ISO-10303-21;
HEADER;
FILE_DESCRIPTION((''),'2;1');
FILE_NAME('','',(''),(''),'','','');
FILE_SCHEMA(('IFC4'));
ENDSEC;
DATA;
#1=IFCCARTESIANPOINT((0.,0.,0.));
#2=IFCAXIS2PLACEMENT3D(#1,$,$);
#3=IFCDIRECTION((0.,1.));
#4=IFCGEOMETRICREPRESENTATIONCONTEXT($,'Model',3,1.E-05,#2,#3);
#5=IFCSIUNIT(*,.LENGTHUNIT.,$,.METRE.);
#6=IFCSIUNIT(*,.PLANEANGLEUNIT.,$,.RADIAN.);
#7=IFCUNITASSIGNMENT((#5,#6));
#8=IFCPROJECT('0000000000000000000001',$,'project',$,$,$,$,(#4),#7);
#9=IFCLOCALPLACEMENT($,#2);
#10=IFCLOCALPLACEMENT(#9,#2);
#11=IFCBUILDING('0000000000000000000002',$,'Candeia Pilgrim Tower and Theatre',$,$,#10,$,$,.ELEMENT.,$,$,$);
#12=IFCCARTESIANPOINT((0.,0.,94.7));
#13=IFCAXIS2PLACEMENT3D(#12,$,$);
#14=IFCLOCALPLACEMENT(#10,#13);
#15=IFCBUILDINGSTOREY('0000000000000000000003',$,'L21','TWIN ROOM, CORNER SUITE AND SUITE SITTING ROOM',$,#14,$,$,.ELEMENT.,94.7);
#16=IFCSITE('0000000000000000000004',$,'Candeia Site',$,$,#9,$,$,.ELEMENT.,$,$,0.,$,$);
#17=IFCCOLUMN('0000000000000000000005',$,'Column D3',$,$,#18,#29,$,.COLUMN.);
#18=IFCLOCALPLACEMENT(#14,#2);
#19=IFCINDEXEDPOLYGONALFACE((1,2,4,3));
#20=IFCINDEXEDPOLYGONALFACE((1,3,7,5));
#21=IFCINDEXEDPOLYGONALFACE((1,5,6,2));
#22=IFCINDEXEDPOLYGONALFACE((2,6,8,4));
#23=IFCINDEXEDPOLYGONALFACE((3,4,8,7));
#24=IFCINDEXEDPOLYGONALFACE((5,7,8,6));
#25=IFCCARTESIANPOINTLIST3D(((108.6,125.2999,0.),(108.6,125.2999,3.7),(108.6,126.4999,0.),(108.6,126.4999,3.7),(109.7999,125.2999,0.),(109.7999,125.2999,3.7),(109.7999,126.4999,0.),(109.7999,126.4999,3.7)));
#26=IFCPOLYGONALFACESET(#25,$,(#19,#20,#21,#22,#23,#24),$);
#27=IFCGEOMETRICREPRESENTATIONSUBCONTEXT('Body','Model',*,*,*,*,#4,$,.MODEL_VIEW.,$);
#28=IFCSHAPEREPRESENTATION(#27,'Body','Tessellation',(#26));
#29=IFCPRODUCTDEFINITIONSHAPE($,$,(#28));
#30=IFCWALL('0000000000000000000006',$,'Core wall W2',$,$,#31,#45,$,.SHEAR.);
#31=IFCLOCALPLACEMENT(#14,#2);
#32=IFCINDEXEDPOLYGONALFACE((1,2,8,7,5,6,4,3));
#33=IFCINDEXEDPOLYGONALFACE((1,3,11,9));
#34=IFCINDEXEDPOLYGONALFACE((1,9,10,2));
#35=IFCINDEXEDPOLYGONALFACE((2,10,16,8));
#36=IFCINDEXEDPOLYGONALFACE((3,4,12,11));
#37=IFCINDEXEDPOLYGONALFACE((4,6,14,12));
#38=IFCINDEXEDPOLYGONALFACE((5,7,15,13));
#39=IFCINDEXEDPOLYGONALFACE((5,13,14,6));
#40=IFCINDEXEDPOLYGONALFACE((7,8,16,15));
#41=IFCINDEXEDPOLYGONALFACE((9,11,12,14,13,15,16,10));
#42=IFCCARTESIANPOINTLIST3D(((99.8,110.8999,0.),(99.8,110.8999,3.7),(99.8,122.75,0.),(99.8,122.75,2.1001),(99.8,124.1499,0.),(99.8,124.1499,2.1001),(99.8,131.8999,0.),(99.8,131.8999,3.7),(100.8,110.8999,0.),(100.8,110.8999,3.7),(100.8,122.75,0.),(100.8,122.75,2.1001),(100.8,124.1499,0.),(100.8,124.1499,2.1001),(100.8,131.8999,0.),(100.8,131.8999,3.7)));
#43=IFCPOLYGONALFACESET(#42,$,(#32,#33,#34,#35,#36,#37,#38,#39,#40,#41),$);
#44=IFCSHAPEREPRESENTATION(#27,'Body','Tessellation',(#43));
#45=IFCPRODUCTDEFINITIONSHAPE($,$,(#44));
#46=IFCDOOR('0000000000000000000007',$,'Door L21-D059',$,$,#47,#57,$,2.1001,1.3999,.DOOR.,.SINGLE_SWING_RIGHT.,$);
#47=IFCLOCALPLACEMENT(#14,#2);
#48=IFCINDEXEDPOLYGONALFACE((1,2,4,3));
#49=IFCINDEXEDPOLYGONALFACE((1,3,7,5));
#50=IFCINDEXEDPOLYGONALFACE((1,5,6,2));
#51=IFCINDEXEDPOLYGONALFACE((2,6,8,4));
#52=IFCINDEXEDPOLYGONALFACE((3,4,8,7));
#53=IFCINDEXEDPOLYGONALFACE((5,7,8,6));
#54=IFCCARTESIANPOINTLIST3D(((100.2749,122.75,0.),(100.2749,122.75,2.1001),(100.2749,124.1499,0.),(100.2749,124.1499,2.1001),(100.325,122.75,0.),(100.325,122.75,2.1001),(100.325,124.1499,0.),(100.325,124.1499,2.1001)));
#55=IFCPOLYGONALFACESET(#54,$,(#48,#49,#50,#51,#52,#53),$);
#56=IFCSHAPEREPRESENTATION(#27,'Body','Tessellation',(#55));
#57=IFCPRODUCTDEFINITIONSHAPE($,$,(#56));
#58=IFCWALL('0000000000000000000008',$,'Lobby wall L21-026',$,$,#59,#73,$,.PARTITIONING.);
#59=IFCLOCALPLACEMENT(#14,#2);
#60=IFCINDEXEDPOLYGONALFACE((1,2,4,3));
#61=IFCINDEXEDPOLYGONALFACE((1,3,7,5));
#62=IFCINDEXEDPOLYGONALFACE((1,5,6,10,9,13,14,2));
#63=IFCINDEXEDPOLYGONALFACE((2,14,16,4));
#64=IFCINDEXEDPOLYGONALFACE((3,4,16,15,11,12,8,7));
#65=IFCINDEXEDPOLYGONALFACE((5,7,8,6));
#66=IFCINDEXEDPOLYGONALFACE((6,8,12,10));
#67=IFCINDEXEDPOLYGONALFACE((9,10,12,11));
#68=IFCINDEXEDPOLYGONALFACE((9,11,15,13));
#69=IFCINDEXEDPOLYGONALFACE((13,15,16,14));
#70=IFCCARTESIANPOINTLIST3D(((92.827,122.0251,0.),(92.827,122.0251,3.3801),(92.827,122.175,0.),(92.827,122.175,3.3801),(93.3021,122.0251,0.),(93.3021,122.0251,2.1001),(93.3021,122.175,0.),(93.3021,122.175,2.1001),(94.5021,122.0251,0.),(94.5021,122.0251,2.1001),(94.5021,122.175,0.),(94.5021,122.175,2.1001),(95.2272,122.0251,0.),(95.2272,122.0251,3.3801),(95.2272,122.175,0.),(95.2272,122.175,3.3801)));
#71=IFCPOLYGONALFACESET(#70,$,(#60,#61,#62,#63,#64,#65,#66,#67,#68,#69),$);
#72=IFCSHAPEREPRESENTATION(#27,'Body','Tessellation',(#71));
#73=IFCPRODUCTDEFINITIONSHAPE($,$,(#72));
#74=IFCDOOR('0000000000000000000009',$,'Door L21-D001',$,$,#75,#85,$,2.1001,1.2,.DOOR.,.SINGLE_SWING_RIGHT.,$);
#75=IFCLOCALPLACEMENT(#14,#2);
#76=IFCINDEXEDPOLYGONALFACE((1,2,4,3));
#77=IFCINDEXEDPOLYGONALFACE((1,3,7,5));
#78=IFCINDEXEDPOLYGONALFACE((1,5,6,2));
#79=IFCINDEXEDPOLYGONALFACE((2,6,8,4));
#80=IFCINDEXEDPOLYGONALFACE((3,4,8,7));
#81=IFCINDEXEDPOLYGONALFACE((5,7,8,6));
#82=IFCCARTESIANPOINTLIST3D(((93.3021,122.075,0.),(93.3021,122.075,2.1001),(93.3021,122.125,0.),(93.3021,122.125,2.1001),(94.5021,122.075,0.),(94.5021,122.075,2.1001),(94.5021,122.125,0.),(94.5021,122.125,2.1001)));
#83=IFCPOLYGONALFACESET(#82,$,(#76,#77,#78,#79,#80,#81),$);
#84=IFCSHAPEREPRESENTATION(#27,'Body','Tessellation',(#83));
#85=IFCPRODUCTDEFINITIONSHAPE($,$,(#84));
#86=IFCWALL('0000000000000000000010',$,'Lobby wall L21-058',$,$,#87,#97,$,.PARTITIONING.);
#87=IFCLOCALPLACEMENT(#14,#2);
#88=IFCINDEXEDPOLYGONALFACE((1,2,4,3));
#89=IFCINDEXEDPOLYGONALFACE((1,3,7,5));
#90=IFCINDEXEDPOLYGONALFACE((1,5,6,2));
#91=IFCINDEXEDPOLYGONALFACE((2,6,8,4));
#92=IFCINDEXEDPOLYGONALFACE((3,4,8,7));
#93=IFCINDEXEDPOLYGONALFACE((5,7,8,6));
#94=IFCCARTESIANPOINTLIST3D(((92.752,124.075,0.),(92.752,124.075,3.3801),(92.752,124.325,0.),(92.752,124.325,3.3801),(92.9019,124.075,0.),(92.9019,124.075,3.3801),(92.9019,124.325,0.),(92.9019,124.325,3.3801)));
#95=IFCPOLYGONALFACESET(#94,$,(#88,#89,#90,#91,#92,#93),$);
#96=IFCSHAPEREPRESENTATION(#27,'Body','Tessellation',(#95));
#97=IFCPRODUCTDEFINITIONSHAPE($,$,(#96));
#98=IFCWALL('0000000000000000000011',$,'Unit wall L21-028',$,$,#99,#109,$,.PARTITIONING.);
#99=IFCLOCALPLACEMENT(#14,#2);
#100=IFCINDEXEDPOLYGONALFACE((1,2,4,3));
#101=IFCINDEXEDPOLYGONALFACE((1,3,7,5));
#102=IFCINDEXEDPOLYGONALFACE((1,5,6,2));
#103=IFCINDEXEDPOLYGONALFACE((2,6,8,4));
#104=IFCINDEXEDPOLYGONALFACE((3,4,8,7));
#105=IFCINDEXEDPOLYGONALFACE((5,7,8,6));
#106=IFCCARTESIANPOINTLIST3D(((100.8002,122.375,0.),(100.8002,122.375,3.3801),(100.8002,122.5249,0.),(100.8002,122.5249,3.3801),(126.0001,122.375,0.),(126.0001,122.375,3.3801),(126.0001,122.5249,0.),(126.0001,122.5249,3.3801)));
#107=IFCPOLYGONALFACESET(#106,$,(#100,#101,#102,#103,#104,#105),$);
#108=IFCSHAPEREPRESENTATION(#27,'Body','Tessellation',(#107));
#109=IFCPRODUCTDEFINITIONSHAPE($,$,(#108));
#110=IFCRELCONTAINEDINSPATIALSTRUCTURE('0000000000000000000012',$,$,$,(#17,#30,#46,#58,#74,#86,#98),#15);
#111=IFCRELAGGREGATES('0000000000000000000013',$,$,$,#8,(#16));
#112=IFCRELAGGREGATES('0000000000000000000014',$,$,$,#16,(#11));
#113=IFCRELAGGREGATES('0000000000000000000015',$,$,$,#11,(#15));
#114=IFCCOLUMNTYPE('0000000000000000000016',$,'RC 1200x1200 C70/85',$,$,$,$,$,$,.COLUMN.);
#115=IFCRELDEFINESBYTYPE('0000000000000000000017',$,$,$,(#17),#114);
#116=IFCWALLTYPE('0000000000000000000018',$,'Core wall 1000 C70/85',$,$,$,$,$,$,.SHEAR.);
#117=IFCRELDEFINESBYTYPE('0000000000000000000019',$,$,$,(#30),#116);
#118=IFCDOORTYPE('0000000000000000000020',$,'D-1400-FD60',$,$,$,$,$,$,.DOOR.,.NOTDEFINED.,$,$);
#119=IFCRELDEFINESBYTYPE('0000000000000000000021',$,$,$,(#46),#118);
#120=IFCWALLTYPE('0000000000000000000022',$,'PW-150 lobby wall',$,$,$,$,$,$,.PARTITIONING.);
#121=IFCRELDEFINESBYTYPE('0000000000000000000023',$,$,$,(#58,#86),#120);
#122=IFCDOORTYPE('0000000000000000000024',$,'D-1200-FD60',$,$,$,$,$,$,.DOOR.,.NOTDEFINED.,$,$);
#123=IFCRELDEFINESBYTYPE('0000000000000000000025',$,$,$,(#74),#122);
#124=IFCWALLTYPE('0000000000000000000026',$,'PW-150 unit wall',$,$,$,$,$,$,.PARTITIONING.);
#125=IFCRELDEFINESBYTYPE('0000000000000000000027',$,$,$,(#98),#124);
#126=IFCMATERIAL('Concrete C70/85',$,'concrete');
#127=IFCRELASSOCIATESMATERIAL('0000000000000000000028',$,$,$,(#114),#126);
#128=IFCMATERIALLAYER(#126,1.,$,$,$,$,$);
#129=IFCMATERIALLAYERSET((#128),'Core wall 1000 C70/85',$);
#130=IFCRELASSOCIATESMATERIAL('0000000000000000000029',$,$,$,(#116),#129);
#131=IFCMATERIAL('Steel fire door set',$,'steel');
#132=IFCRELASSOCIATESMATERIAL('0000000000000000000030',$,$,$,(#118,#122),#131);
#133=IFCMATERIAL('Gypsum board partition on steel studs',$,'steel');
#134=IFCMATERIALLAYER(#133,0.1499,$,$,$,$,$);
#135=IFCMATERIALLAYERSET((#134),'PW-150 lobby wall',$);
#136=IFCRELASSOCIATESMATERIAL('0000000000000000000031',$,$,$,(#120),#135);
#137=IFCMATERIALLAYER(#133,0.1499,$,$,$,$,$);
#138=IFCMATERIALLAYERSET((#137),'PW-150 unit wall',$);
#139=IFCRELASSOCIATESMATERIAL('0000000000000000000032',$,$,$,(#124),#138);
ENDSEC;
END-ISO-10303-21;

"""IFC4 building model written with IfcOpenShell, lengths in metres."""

from ifc_helpers import new_model, si_unit, direction, frame, frame_2d, origin, origin_2d, place, context, subcontext, project, spatial, rectangle, extrude, material, layer, layer_set, material_profile, profile_set, type_object, element, fill, save


model = new_model("IFC4")

# Units and contexts
model_context = context("Model", 3, precision=1e-05, world=origin(), true_north=direction((0.0, 1.0)))
body_context = subcontext(model_context, "Body", "Model", "MODEL_VIEW")
ifc_project = project(units=[si_unit("LENGTHUNIT", "METRE"), si_unit("PLANEANGLEUNIT", "RADIAN")], contexts=[model_context])

# Site, building, storey
site_placement = place(None, origin())
site = spatial("IfcSite", under=ifc_project, at=site_placement, Name="Candeia Site", CompositionType="ELEMENT", RefElevation=0.0)
building_placement = place(site_placement, origin())
building = spatial("IfcBuilding", under=site, at=building_placement, Name="Candeia Pilgrim Tower and Theatre", CompositionType="ELEMENT")
storey_placement = place(building_placement, frame((0.0, 0.0, 94.7)))
storey = spatial("IfcBuildingStorey", under=building, at=storey_placement, Name="L21", Description="TWIN ROOM, CORNER SUITE AND SUITE SITTING ROOM", CompositionType="ELEMENT", Elevation=94.7)

# Column
ifc_material_1 = material(Name="Concrete C70/85", Category="concrete")
ifc_material_profile = material_profile(ifc_material_1, rectangle(XDim=1.2, YDim=1.2, at=origin_2d()))
ifc_profile_set = profile_set([ifc_material_profile], Name="Concrete C70/85")
column_type = type_object("IfcColumnType", Name="RC 1200x1200 C70/85", PredefinedType="COLUMN", material=ifc_profile_set)
column_placement = place(storey_placement, frame((109.2, 125.8999, 0.0), z_axis=(0.0, 0.0, 1.0), x_axis=(1.0, 0.0, 0.0)))
element("IfcColumn", 1, at=column_placement, inside=storey, type_object=column_type, Name="Column D3", PredefinedType="COLUMN", context=body_context, shape_type="SweptSolid", body=[
    extrude(rectangle(XDim=1.2, YDim=1.2, at=origin_2d()), origin(), (0.0, 0.0, 1.0), 3.7),
])

# Walls, openings, doors
ifc_layer_1 = layer(ifc_material_1, 1.0)
ifc_layer_set_1 = layer_set([ifc_layer_1], Name="Core wall 1000 C70/85")
wall_type_1 = type_object("IfcWallType", Name="Core wall 1000 C70/85", PredefinedType="SHEAR", material=ifc_layer_set_1)
wall_1_placement = place(storey_placement, frame((100.3, 131.8999, 0.0), z_axis=(0.0, 0.0, 1.0), x_axis=(0.0, -1.0, 0.0)))
wall_1 = element("IfcWall", 2, at=wall_1_placement, inside=storey, type_object=wall_type_1, Name="Core wall W2", PredefinedType="SHEAR", context=body_context, shape_type="SweptSolid", body=[
    extrude(rectangle(XDim=21.0, YDim=1.0, at=frame_2d((10.5, 0.0))), origin(), (0.0, 0.0, 1.0), 3.7),
])
opening_1_placement = place(wall_1_placement, frame((7.75, 0.0, 0.0)))
opening_1 = element("IfcOpeningElement", 3, at=opening_1_placement, cuts=wall_1, PredefinedType="OPENING", context=body_context, shape_type="SweptSolid", body=[
    extrude(rectangle(XDim=1.3999, YDim=2.1001, at=frame_2d((0.7, 1.05))), frame((0.0, 0.51, 0.0), z_axis=(0.0, -1.0, 0.0), x_axis=(1.0, 0.0, 0.0)), (0.0, 0.0, 1.0), 1.02),
])
ifc_material_2 = material(Name="Steel fire door set", Category="steel")
door_type_1 = type_object("IfcDoorType", Name="D-1400-FD60", OperationType="NOTDEFINED", PredefinedType="DOOR", material=ifc_material_2)
door_1_placement = place(opening_1_placement, origin())
door_1 = element("IfcDoor", 4, at=door_1_placement, inside=storey, type_object=door_type_1, Name="Door L21-D059", OperationType="SINGLE_SWING_RIGHT", OverallHeight=2.1001, OverallWidth=1.3999, PredefinedType="DOOR", context=body_context, shape_type="SweptSolid", body=[
    extrude(rectangle(XDim=1.3999, YDim=2.1001, at=frame_2d((0.7, 1.05))), frame((0.0, 0.0249, 0.0), z_axis=(0.0, -1.0, 0.0), x_axis=(1.0, 0.0, 0.0)), (0.0, 0.0, 1.0), 0.05),
])
fill(opening_1, door_1)
ifc_material_3 = material(Name="Gypsum board partition on steel studs", Category="steel")
ifc_layer_2 = layer(ifc_material_3, 0.1499)
ifc_layer_set_2 = layer_set([ifc_layer_2], Name="PW-150 lobby wall")
wall_type_2 = type_object("IfcWallType", Name="PW-150 lobby wall", PredefinedType="PARTITIONING", material=ifc_layer_set_2)
wall_2_placement = place(storey_placement, frame((92.8269, 122.1001, 0.0), z_axis=(0.0, 0.0, 1.0), x_axis=(1.0, 0.0, 0.0)))
wall_2 = element("IfcWall", 5, at=wall_2_placement, inside=storey, type_object=wall_type_2, Name="Lobby wall L21-026", PredefinedType="PARTITIONING", context=body_context, shape_type="SweptSolid", body=[
    extrude(rectangle(XDim=2.4001, YDim=0.1499, at=frame_2d((1.2002, 0.0))), origin(), (0.0, 0.0, 1.0), 3.3801),
])
opening_2_placement = place(wall_2_placement, frame((0.4751, 0.0, 0.0)))
opening_2 = element("IfcOpeningElement", 6, at=opening_2_placement, cuts=wall_2, PredefinedType="OPENING", context=body_context, shape_type="SweptSolid", body=[
    extrude(rectangle(XDim=1.2, YDim=2.1001, at=frame_2d((0.6001, 1.05))), frame((0.0, 0.085, 0.0), z_axis=(0.0, -1.0, 0.0), x_axis=(1.0, 0.0, 0.0)), (0.0, 0.0, 1.0), 0.1699),
])
door_type_2 = type_object("IfcDoorType", Name="D-1200-FD60", OperationType="NOTDEFINED", PredefinedType="DOOR", material=ifc_material_2)
door_2_placement = place(opening_2_placement, origin())
door_2 = element("IfcDoor", 7, at=door_2_placement, inside=storey, type_object=door_type_2, Name="Door L21-D001", OperationType="SINGLE_SWING_RIGHT", OverallHeight=2.1001, OverallWidth=1.2, PredefinedType="DOOR", context=body_context, shape_type="SweptSolid", body=[
    extrude(rectangle(XDim=1.2, YDim=2.1001, at=frame_2d((0.6001, 1.05))), frame((0.0, 0.0249, 0.0), z_axis=(0.0, -1.0, 0.0), x_axis=(1.0, 0.0, 0.0)), (0.0, 0.0, 1.0), 0.05),
])
fill(opening_2, door_2)

# Walls
wall_3_placement = place(storey_placement, frame((92.8269, 124.075, 0.0), z_axis=(0.0, 0.0, 1.0), x_axis=(0.0, 1.0, 0.0)))
element("IfcWall", 8, at=wall_3_placement, inside=storey, type_object=wall_type_2, Name="Lobby wall L21-058", PredefinedType="PARTITIONING", context=body_context, shape_type="SweptSolid", body=[
    extrude(rectangle(XDim=0.25, YDim=0.1499, at=frame_2d((0.125, 0.0))), origin(), (0.0, 0.0, 1.0), 3.3801),
])
ifc_layer_3 = layer(ifc_material_3, 0.1499)
ifc_layer_set_3 = layer_set([ifc_layer_3], Name="PW-150 unit wall")
wall_type_3 = type_object("IfcWallType", Name="PW-150 unit wall", PredefinedType="PARTITIONING", material=ifc_layer_set_3)
wall_4_placement = place(storey_placement, frame((100.8, 122.45, 0.0), z_axis=(0.0, 0.0, 1.0), x_axis=(1.0, 0.0, 0.0)))
element("IfcWall", 9, at=wall_4_placement, inside=storey, type_object=wall_type_3, Name="Unit wall L21-028", PredefinedType="PARTITIONING", context=body_context, shape_type="SweptSolid", body=[
    extrude(rectangle(XDim=25.2, YDim=0.1499, at=frame_2d((12.6001, 0.0))), origin(), (0.0, 0.0, 1.0), 3.3801),
])

save(model, "model.ifc")
